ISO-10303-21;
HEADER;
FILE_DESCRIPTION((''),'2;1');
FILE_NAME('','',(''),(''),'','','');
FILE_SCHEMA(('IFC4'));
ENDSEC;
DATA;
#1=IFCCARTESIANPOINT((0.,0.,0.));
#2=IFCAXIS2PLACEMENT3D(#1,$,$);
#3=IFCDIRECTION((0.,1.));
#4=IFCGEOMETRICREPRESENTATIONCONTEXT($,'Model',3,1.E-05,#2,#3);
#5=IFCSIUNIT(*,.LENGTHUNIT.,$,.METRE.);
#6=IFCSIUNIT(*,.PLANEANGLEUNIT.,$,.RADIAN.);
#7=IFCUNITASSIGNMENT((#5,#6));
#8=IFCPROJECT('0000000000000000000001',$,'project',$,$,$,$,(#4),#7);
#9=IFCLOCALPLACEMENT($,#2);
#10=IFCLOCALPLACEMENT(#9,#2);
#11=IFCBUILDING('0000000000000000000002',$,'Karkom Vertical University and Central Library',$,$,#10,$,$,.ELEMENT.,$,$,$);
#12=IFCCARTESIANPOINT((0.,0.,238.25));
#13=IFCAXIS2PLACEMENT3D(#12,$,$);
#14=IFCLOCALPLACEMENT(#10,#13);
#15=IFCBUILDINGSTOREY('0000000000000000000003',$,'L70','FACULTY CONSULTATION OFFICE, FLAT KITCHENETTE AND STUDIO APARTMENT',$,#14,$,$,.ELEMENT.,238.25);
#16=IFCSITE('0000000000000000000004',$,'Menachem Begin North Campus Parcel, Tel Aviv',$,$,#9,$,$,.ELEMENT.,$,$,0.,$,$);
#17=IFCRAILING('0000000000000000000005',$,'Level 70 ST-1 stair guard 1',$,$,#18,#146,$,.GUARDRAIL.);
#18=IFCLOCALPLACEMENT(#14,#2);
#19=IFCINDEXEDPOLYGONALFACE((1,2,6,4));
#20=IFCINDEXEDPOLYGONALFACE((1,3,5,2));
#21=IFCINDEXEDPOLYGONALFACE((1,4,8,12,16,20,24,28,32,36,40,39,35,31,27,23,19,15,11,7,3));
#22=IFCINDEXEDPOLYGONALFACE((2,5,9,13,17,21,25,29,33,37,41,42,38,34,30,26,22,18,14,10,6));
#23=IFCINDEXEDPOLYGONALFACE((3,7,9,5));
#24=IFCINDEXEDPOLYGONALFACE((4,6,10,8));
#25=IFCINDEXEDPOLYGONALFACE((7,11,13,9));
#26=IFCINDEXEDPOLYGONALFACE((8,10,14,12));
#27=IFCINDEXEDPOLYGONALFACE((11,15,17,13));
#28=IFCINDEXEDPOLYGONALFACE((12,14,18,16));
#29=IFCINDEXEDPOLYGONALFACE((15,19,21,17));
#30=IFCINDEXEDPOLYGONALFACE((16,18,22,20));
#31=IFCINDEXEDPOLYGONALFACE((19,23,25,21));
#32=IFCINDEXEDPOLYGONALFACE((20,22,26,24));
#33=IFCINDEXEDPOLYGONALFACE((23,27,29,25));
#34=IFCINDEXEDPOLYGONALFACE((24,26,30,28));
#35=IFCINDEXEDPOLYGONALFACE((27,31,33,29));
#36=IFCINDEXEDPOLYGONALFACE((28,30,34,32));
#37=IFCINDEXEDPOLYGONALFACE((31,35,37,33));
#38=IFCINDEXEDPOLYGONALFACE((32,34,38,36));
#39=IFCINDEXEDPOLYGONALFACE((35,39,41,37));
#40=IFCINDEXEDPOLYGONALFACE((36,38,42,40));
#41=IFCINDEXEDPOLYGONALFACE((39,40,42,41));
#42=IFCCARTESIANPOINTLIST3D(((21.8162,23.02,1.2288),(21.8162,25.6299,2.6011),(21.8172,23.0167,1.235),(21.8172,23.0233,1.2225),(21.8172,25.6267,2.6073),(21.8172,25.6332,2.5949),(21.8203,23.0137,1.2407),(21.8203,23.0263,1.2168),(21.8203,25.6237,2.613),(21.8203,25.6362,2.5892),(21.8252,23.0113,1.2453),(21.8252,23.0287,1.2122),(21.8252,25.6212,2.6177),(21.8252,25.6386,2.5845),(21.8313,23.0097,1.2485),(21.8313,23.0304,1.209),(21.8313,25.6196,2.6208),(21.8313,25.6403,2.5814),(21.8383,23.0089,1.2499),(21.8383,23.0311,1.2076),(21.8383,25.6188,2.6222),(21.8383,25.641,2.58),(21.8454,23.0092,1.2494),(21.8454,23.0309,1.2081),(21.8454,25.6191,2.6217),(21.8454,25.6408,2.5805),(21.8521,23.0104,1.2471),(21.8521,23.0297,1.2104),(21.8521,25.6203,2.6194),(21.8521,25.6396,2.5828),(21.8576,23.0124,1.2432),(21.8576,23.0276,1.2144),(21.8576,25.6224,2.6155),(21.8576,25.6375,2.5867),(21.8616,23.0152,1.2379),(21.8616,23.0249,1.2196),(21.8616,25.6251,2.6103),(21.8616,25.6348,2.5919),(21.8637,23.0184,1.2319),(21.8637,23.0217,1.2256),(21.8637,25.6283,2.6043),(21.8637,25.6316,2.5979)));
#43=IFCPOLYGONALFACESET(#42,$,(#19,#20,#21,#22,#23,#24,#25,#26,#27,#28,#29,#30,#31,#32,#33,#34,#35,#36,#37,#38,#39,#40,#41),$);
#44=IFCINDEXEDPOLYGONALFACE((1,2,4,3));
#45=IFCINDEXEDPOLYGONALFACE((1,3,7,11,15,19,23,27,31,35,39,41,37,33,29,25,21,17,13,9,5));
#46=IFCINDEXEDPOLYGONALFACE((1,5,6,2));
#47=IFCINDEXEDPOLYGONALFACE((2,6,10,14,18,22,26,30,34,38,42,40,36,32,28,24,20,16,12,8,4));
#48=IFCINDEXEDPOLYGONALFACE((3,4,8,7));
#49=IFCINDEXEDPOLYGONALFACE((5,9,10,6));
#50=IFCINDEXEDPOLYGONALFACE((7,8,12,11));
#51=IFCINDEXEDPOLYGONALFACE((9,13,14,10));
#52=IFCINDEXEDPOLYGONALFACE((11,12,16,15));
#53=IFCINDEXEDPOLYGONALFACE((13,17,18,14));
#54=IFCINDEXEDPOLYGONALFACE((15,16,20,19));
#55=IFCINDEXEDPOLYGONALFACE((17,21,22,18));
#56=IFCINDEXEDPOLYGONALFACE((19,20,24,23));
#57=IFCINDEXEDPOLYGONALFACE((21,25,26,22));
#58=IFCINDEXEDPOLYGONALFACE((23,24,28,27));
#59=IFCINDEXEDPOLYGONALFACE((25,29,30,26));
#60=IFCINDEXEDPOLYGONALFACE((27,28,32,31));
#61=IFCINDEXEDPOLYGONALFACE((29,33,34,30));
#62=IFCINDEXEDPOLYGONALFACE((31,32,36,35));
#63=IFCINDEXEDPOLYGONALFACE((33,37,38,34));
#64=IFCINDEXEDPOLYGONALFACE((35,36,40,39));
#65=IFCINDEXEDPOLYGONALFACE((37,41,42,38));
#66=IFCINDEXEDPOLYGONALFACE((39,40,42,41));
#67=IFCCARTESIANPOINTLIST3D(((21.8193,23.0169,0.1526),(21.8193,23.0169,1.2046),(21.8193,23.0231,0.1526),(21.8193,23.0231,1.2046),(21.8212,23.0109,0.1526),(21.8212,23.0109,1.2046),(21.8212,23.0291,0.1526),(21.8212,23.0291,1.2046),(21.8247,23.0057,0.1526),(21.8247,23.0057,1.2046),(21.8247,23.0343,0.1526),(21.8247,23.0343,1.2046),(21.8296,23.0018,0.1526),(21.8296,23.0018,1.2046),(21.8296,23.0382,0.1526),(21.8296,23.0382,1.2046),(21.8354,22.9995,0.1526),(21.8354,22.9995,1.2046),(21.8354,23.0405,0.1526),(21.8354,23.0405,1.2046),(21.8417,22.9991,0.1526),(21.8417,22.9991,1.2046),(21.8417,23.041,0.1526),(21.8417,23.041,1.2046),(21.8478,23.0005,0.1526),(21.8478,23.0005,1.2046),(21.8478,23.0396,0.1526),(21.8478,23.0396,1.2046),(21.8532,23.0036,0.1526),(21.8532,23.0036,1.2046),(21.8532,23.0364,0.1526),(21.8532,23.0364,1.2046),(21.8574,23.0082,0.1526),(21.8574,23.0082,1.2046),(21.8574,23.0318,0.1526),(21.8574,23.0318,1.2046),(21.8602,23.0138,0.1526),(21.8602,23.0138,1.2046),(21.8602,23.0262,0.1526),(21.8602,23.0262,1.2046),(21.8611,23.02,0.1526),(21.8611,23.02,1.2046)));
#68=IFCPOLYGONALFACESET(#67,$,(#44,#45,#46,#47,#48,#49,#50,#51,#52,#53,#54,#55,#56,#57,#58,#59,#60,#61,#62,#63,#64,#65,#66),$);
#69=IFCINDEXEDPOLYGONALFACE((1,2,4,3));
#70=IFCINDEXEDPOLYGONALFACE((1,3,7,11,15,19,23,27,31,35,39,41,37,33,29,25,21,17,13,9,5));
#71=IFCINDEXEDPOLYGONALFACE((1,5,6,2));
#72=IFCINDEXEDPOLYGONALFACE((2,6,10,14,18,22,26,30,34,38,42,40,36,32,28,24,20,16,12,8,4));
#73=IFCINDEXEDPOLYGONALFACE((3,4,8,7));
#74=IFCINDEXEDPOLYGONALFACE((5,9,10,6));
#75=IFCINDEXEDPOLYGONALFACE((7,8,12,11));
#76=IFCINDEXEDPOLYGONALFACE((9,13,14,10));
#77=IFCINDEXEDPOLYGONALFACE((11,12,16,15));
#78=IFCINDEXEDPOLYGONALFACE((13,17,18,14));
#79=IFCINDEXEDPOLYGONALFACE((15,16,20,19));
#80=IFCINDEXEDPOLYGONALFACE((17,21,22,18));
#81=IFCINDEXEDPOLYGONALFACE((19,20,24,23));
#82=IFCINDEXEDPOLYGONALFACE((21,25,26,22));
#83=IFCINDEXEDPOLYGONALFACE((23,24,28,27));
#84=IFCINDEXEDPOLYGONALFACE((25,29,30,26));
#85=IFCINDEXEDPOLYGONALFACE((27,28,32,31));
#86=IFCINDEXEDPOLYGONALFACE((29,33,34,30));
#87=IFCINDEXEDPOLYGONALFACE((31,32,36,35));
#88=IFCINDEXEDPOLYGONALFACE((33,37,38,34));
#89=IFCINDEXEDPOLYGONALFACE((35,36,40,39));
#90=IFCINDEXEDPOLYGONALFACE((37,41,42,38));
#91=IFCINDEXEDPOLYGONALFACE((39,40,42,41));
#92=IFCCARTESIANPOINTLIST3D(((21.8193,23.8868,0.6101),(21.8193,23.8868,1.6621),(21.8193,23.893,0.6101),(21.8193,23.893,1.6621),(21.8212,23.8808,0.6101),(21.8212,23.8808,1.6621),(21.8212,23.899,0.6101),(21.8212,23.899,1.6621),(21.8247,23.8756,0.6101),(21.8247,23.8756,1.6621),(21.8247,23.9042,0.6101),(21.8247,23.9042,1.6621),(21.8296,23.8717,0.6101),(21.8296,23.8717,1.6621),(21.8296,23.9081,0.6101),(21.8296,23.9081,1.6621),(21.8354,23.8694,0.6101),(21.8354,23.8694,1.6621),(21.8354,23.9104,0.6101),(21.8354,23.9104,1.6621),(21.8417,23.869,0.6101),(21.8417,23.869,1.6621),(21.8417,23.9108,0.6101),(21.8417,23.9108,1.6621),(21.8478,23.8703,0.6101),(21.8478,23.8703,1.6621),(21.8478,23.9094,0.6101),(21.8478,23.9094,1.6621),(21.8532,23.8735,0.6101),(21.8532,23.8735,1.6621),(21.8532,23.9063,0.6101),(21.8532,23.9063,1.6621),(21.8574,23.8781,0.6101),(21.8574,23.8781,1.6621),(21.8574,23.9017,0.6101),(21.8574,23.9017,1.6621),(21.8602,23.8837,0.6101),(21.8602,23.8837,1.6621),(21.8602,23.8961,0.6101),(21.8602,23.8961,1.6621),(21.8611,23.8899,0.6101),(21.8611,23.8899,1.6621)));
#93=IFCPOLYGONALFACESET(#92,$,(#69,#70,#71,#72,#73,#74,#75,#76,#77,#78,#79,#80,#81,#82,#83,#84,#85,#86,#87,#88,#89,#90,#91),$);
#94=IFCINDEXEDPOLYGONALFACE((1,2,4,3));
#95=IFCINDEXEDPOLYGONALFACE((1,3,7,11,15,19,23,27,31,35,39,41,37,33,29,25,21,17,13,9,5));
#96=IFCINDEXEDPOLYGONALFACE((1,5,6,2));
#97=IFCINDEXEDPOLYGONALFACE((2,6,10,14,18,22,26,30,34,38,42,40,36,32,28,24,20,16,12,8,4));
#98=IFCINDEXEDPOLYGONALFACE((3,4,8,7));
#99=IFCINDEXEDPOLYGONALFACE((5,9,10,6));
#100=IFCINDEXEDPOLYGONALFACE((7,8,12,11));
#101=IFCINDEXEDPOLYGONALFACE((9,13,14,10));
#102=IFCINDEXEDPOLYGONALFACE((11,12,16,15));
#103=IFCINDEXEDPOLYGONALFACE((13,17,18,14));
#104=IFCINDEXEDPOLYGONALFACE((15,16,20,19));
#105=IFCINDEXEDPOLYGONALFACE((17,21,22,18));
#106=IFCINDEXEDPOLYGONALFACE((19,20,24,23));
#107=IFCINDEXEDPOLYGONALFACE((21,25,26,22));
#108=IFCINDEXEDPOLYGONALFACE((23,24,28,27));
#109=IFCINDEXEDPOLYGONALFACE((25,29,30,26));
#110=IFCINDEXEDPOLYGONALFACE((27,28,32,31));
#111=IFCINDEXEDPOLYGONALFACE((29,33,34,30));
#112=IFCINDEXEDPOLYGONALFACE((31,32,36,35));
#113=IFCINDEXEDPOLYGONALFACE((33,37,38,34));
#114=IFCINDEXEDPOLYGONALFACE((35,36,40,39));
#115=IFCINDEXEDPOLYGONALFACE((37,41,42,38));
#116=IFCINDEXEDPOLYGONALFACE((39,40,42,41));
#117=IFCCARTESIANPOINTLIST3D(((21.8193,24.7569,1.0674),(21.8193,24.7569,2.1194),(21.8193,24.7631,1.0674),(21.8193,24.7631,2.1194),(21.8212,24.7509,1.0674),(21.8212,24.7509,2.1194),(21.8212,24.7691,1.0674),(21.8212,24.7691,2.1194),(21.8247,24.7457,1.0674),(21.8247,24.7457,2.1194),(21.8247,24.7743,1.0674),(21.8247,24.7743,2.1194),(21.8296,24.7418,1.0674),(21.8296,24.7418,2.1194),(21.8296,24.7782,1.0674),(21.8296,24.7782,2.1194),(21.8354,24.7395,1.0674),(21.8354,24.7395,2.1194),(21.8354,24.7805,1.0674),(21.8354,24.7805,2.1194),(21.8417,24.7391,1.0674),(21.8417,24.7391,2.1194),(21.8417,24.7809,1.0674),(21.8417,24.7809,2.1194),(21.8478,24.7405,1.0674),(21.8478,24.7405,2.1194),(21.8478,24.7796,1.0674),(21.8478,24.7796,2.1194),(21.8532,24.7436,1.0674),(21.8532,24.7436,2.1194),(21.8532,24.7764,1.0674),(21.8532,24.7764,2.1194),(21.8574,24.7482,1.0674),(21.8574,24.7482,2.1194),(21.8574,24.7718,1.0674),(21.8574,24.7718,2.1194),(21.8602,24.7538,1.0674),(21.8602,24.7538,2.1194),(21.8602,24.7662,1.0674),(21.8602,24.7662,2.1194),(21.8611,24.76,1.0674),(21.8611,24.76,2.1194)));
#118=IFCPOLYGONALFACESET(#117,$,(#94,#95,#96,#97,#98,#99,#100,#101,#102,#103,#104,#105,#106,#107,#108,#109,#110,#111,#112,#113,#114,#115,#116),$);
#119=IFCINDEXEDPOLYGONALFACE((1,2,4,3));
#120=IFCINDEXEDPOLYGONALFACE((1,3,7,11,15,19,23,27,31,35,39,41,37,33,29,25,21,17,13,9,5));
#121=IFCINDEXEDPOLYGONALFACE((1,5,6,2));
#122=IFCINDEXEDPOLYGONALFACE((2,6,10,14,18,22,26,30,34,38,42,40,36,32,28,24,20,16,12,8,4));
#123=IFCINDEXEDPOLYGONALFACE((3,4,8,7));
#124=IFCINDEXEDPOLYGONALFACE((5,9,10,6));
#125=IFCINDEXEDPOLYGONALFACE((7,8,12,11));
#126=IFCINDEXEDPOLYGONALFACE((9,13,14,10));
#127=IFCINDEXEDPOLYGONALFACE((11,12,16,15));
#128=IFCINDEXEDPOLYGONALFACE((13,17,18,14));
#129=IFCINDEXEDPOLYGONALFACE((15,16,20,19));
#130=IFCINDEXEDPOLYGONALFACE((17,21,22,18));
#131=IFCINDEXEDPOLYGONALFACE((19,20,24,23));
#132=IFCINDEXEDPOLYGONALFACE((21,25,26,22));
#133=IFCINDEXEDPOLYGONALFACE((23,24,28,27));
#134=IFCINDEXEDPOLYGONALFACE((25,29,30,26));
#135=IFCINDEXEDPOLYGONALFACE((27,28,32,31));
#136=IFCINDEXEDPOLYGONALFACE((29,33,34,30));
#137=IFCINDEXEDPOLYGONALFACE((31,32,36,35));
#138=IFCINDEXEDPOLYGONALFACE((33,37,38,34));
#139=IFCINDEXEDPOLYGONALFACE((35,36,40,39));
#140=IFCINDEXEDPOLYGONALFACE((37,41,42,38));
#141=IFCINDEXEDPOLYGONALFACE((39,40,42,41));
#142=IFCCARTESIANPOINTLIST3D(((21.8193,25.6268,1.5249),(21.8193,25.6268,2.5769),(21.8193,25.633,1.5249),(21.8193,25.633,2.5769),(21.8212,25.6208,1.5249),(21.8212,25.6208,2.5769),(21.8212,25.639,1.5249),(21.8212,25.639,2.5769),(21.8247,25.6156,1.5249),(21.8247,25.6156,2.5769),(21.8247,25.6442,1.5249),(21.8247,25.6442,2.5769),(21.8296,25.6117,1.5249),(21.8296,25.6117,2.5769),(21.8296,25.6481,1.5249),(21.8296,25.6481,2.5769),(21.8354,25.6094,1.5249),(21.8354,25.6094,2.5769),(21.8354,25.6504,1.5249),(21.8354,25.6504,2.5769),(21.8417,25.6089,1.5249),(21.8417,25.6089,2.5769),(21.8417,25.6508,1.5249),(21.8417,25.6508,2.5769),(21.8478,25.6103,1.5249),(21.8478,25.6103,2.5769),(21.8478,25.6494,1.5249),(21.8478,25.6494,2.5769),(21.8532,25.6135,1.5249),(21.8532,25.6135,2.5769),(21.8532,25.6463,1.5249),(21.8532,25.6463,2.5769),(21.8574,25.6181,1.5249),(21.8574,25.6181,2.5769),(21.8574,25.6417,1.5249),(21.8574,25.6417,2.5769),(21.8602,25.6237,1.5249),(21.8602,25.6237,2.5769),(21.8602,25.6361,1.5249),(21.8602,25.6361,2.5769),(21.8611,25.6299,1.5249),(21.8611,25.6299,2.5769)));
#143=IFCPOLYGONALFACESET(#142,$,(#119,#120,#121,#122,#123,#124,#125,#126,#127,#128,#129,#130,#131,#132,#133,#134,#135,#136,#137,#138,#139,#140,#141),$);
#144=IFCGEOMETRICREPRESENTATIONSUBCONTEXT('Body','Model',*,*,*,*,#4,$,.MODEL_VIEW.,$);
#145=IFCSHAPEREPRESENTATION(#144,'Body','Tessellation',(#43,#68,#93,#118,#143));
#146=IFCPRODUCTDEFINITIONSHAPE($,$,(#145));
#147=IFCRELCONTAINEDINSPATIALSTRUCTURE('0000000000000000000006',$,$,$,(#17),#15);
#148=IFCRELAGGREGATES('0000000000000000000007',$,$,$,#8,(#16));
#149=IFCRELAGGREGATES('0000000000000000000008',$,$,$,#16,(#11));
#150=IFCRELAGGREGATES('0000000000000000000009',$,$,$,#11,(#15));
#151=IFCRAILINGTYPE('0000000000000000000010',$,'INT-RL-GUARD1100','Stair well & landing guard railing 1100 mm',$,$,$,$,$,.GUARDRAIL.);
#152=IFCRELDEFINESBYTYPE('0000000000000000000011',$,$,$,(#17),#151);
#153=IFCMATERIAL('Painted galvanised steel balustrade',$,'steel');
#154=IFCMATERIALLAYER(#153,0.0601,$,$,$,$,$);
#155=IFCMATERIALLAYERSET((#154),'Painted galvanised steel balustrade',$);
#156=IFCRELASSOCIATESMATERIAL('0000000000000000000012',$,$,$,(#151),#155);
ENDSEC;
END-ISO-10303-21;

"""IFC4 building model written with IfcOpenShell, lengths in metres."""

from ifc_helpers import new_model, si_unit, direction, frame, origin, origin_2d, place, context, subcontext, project, spatial, circle, extrude, material, layer, layer_set, type_object, element, save


model = new_model("IFC4")

# Units and contexts
model_context = context("Model", 3, precision=1e-05, world=origin(), true_north=direction((0.0, 1.0)))
body_context = subcontext(model_context, "Body", "Model", "MODEL_VIEW")
ifc_project = project(units=[si_unit("LENGTHUNIT", "METRE"), si_unit("PLANEANGLEUNIT", "RADIAN")], contexts=[model_context])

# Site, building, storey
site_placement = place(None, origin())
site = spatial("IfcSite", under=ifc_project, at=site_placement, Name="Menachem Begin North Campus Parcel, Tel Aviv", CompositionType="ELEMENT", RefElevation=0.0)
building_placement = place(site_placement, origin())
building = spatial("IfcBuilding", under=site, at=building_placement, Name="Karkom Vertical University and Central Library", CompositionType="ELEMENT")
storey_placement = place(building_placement, frame((0.0, 0.0, 238.25)))
storey = spatial("IfcBuildingStorey", under=building, at=storey_placement, Name="L70", Description="FACULTY CONSULTATION OFFICE, FLAT KITCHENETTE AND STUDIO APARTMENT", CompositionType="ELEMENT", Elevation=238.25)

# Railing
ifc_material_1 = material(Name="Painted galvanised steel balustrade", Category="steel")
ifc_layer_1 = layer(ifc_material_1, 0.0601)
ifc_layer_set_1 = layer_set([ifc_layer_1], Name="Painted galvanised steel balustrade")
railing_type_1 = type_object("IfcRailingType", Name="INT-RL-GUARD1100", Description="Stair well & landing guard railing 1100 mm", PredefinedType="GUARDRAIL", material=ifc_layer_set_1)
railing_1_placement = place(storey_placement, frame((21.8401, 23.02, 0.1526)))
element("IfcRailing", 1, at=railing_1_placement, inside=storey, type_object=railing_type_1, Name="Level 70 ST-1 stair guard 1", PredefinedType="GUARDRAIL", context=body_context, shape_type="SweptSolid", body=[
    extrude(circle(Radius=0.0239, at=origin_2d()), frame((0.0, 0.0, 1.0762), z_axis=(0.0, 0.8851, 0.465402), x_axis=(-1.0, 0.0, 0.0)), (0.0, 0.0, 1.0), 2.9487),
    extrude(circle(Radius=0.021, at=origin_2d()), origin(), (0.0, 0.0, 1.0), 1.052),
    extrude(circle(Radius=0.021, at=origin_2d()), frame((0.0, 0.8699, 0.4575)), (0.0, 0.0, 1.0), 1.052),
    extrude(circle(Radius=0.021, at=origin_2d()), frame((0.0, 1.74, 0.9148)), (0.0, 0.0, 1.0), 1.052),
    extrude(circle(Radius=0.021, at=origin_2d()), frame((0.0, 2.6099, 1.3723)), (0.0, 0.0, 1.0), 1.052),
])

save(model, "model.ifc")
